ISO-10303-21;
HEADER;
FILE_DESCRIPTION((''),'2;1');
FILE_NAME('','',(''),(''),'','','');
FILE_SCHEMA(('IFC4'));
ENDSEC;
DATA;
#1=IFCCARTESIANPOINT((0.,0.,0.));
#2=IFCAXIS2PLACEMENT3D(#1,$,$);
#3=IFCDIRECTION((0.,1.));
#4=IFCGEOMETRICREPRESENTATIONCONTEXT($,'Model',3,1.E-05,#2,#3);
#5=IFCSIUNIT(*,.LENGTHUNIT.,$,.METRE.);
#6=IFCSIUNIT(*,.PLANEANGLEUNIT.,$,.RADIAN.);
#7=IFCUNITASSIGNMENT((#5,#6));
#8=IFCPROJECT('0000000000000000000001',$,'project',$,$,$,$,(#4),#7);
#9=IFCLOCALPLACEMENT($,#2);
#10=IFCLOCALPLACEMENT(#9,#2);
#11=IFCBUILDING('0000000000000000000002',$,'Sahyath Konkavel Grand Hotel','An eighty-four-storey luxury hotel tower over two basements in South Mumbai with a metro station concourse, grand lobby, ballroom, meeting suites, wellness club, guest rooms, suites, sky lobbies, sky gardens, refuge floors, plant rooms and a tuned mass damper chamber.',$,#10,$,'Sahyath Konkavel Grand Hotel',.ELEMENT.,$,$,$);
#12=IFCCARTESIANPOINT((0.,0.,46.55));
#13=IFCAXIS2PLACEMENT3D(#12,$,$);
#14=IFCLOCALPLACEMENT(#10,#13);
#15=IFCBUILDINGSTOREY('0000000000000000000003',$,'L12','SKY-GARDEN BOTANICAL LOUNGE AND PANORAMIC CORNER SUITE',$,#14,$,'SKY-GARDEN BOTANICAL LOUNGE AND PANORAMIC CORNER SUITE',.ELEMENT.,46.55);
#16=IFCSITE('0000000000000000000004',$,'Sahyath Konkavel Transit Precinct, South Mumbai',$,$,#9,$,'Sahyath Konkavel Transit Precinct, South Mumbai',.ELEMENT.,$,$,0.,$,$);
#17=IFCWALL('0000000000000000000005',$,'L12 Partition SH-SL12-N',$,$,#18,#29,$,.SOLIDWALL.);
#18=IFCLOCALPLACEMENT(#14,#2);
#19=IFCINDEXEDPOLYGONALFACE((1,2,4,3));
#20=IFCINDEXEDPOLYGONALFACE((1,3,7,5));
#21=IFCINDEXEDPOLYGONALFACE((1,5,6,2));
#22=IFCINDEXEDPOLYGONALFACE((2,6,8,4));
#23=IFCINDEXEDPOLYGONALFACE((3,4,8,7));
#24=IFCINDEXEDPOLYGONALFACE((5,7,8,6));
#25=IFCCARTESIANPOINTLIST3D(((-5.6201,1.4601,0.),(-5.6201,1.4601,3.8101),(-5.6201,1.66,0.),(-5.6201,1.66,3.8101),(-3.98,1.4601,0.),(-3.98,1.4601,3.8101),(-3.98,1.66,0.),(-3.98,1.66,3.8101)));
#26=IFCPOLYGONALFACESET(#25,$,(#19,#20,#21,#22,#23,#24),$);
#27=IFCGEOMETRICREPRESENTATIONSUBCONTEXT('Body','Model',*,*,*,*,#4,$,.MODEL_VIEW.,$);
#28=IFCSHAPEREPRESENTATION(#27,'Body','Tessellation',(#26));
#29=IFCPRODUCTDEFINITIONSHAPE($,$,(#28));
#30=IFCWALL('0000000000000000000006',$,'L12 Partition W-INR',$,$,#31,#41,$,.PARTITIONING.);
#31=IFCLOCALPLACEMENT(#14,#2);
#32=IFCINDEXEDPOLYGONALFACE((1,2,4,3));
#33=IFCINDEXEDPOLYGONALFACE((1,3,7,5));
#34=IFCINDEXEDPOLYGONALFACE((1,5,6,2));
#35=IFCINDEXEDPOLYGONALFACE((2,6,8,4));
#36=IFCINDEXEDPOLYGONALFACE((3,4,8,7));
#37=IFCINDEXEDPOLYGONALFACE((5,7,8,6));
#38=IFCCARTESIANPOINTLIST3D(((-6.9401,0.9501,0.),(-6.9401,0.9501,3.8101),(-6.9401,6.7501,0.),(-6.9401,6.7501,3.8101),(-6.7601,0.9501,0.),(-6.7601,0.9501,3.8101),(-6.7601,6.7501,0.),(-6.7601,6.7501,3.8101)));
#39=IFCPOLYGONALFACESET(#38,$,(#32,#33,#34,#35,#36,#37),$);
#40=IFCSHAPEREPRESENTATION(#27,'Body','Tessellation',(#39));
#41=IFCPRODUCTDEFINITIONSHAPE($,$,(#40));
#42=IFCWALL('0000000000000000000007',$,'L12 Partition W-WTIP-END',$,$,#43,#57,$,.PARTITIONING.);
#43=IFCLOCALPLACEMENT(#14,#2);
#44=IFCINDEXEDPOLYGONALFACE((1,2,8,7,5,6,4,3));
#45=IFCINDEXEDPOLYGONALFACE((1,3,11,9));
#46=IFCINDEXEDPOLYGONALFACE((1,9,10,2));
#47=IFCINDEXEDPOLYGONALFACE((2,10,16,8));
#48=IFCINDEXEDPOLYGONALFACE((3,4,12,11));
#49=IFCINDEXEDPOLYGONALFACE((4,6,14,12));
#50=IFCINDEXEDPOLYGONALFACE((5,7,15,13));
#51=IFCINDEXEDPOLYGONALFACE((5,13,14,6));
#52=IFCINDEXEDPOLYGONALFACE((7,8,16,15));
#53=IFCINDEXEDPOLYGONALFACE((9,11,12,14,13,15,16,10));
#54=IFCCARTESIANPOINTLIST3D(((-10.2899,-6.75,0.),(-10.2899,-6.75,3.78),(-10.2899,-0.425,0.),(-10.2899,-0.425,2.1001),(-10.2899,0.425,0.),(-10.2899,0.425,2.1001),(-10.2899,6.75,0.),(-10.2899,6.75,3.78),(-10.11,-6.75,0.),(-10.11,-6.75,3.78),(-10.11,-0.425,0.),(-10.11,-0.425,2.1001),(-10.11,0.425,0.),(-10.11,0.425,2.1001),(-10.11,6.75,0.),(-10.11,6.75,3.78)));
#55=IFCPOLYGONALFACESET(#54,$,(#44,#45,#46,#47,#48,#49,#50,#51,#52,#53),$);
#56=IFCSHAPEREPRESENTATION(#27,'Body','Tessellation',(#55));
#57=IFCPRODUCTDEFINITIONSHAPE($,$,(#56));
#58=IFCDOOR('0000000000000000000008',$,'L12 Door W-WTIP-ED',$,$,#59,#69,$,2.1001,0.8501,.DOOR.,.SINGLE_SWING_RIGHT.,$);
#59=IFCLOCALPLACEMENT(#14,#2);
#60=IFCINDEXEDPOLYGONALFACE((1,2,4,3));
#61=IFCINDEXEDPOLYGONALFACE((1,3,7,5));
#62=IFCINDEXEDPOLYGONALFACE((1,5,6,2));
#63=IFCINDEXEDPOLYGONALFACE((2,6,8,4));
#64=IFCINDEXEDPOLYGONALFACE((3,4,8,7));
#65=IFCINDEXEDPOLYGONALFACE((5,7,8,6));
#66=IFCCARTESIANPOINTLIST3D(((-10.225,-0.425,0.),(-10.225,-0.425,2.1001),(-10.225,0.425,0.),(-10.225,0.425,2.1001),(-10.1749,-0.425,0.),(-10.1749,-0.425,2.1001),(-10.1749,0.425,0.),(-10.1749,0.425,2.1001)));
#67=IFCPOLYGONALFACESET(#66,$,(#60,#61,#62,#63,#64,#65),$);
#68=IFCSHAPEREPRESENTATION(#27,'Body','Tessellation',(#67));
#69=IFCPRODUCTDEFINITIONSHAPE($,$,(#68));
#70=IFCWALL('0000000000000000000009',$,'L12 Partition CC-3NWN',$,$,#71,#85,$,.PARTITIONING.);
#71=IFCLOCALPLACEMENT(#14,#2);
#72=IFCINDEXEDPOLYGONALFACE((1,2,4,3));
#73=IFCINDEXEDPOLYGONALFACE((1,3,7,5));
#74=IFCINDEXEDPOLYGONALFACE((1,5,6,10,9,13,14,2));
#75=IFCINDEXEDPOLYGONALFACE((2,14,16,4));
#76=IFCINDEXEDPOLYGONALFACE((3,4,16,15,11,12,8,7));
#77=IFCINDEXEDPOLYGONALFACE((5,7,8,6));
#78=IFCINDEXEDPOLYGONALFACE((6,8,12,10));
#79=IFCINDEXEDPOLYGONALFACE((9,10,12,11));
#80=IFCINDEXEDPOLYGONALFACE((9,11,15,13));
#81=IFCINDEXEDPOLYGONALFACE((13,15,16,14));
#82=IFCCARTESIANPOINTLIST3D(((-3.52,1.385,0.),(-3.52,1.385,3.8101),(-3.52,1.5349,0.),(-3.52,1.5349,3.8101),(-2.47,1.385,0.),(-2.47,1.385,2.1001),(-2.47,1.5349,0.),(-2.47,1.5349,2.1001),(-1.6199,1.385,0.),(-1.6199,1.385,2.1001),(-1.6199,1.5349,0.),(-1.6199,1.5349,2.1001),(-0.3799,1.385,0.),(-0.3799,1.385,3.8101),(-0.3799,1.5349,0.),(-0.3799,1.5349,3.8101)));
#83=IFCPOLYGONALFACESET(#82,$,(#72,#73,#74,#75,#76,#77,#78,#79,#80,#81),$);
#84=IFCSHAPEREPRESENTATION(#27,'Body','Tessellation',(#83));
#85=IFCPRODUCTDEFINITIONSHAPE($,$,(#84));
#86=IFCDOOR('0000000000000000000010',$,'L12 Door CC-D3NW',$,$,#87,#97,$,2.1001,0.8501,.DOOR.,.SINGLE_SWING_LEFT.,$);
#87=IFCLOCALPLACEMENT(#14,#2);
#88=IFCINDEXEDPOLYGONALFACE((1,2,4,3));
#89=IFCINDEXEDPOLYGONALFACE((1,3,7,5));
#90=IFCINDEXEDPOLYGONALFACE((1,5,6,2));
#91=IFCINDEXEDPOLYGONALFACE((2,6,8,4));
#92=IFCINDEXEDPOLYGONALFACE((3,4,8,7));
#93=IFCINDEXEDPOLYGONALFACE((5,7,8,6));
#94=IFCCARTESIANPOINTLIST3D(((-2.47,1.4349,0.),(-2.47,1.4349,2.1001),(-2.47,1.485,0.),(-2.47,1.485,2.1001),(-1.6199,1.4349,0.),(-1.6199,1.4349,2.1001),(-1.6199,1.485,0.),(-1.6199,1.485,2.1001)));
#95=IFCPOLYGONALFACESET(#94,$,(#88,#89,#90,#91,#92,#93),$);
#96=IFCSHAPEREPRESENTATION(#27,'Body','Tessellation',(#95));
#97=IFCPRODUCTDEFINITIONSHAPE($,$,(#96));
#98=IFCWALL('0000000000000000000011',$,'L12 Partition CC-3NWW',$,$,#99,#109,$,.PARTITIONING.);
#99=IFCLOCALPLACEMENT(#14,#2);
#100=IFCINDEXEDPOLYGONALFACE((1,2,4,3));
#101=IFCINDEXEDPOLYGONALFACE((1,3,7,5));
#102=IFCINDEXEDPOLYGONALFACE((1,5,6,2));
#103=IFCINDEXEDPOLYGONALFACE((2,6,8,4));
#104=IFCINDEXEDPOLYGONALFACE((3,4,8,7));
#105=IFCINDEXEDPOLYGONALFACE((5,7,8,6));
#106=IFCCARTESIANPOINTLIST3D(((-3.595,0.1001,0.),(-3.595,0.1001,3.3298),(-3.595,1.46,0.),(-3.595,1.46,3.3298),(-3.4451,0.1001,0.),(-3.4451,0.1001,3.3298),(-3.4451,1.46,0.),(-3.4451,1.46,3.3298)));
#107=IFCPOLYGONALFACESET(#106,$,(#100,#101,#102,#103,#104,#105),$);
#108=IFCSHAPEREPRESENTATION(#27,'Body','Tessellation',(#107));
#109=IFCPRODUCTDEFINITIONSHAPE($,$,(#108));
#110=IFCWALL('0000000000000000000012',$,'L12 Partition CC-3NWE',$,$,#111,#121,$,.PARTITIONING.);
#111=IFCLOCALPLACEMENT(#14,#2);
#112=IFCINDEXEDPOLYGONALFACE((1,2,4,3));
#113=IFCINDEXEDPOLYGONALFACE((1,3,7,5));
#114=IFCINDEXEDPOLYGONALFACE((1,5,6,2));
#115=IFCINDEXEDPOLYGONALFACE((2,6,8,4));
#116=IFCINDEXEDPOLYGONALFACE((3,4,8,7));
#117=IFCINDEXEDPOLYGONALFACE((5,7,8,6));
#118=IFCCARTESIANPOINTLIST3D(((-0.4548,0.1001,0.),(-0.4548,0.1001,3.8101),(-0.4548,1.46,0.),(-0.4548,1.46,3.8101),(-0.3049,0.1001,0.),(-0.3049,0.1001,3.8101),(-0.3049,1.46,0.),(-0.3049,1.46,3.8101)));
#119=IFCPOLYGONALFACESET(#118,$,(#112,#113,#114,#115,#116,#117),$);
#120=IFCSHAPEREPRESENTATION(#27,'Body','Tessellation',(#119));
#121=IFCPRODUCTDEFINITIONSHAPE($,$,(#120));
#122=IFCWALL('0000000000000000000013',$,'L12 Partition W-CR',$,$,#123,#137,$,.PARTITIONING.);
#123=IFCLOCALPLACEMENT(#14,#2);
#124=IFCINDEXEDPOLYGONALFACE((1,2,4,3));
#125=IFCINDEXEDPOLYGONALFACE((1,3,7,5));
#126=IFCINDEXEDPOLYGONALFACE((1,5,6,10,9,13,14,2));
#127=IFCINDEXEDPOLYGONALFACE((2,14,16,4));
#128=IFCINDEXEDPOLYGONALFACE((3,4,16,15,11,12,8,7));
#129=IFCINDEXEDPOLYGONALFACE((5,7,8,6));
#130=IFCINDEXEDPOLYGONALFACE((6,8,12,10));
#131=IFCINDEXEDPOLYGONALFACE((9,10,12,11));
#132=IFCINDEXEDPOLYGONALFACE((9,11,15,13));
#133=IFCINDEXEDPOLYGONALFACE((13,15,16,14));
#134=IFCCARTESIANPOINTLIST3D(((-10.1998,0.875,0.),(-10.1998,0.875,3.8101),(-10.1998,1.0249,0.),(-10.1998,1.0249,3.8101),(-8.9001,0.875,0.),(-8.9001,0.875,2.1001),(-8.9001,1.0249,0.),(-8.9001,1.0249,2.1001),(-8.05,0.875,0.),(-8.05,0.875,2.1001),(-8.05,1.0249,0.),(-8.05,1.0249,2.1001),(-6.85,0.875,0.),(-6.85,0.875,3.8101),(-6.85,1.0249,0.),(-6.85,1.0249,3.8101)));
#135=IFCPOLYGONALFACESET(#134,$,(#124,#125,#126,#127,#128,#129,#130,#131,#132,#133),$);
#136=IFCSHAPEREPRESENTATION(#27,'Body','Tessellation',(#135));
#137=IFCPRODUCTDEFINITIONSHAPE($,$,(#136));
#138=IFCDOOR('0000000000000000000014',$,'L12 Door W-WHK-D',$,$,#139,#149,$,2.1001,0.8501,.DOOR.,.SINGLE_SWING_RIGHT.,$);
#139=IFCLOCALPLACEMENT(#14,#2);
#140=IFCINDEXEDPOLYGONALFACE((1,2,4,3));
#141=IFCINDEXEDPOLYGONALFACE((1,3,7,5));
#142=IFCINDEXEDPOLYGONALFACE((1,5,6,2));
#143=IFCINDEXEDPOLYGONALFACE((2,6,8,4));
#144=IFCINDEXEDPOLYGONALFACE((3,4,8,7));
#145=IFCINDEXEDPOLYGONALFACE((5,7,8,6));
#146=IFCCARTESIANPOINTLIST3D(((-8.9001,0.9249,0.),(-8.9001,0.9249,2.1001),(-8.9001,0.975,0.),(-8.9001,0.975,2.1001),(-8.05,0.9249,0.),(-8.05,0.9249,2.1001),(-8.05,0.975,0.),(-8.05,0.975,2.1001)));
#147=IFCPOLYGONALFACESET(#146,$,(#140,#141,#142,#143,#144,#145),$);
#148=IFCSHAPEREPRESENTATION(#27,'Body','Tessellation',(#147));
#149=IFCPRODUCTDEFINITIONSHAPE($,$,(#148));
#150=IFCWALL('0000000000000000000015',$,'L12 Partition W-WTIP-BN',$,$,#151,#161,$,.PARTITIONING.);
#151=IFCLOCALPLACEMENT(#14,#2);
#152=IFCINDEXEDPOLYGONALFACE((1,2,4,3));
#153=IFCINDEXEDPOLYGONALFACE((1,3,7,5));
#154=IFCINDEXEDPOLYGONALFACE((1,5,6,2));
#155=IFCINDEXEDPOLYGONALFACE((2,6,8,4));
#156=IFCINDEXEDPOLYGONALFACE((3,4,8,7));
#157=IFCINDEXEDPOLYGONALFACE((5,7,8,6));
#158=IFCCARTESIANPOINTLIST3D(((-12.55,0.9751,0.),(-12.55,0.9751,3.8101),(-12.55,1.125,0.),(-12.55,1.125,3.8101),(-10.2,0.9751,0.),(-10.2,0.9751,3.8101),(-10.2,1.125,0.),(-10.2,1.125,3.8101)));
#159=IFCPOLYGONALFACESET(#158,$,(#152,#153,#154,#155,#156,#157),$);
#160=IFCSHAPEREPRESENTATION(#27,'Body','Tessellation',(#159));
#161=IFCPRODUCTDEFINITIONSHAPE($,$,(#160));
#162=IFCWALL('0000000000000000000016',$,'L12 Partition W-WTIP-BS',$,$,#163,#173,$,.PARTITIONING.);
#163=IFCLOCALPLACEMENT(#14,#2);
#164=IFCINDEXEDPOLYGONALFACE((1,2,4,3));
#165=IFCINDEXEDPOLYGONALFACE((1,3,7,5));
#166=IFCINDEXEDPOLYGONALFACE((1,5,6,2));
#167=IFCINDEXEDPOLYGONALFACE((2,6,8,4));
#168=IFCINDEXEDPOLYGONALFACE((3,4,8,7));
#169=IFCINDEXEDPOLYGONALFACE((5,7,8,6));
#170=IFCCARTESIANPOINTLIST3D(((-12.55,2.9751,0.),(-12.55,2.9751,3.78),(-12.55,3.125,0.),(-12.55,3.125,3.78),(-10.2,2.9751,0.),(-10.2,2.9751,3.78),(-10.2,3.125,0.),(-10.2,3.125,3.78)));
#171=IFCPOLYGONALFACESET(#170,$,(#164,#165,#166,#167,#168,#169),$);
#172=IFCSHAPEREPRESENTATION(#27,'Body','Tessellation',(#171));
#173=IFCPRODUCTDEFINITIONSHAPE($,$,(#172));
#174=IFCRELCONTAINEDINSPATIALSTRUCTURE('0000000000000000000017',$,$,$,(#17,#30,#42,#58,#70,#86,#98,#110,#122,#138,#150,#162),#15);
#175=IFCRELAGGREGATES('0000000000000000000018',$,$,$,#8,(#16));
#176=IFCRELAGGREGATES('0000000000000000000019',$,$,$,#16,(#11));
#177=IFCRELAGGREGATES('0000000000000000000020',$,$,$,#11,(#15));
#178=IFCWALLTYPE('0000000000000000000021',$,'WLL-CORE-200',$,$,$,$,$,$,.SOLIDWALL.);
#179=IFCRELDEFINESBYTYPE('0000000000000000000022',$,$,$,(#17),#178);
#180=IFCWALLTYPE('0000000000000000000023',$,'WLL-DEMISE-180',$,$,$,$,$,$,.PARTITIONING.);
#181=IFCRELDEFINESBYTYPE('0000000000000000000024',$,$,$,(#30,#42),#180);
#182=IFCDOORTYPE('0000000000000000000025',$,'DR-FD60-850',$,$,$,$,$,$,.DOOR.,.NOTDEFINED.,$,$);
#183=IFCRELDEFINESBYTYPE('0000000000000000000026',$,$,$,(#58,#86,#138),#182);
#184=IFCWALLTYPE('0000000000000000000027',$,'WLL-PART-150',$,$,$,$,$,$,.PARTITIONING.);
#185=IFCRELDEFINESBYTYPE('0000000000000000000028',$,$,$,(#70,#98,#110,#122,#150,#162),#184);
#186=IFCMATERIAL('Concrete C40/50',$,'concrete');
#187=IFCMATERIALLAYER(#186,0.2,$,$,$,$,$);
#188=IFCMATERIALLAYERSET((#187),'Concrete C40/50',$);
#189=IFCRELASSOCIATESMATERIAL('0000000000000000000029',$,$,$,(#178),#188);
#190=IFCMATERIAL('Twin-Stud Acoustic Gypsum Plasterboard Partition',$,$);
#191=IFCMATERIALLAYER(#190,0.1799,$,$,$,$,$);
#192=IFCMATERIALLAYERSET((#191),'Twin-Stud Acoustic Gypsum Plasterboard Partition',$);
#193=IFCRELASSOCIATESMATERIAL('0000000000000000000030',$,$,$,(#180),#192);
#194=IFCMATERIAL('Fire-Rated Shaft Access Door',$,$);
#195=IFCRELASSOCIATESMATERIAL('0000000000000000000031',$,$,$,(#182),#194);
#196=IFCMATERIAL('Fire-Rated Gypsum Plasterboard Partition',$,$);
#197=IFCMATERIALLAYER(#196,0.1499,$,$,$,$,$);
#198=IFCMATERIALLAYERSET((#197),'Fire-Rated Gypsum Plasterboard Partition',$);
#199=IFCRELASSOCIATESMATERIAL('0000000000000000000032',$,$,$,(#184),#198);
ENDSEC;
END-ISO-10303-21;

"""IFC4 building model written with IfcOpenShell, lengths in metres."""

from ifc_helpers import new_model, si_unit, direction, frame, frame_2d, origin, origin_2d, place, context, subcontext, project, spatial, rectangle, extrude, source, transform, mapped, material, layer, layer_set, type_object, element, fill, save


model = new_model("IFC4")

# Units and contexts
model_context = context("Model", 3, precision=1e-05, world=origin(), true_north=direction((0.0, 1.0)))
body_context = subcontext(model_context, "Body", "Model", "MODEL_VIEW")
ifc_project = project(units=[si_unit("LENGTHUNIT", "METRE"), si_unit("PLANEANGLEUNIT", "RADIAN")], contexts=[model_context])

# Site, building, storey
site_placement = place(None, origin())
site = spatial("IfcSite", under=ifc_project, at=site_placement, Name="Sahyath Konkavel Transit Precinct, South Mumbai", LongName="Sahyath Konkavel Transit Precinct, South Mumbai", CompositionType="ELEMENT", RefElevation=0.0)
building_placement = place(site_placement, origin())
building = spatial("IfcBuilding", under=site, at=building_placement, Name="Sahyath Konkavel Grand Hotel", Description="An eighty-four-storey luxury hotel tower over two basements in South Mumbai with a metro station concourse, grand lobby, ballroom, meeting suites, wellness club, guest rooms, suites, sky lobbies, sky gardens, refuge floors, plant rooms and a tuned mass damper chamber.", LongName="Sahyath Konkavel Grand Hotel", CompositionType="ELEMENT")
storey_placement = place(building_placement, frame((0.0, 0.0, 46.55)))
storey = spatial("IfcBuildingStorey", under=building, at=storey_placement, Name="L12", Description="SKY-GARDEN BOTANICAL LOUNGE AND PANORAMIC CORNER SUITE", LongName="SKY-GARDEN BOTANICAL LOUNGE AND PANORAMIC CORNER SUITE", CompositionType="ELEMENT", Elevation=46.55)

# Walls
ifc_material_1 = material(Name="Concrete C40/50", Category="concrete")
ifc_layer_1 = layer(ifc_material_1, 0.2)
ifc_layer_set_1 = layer_set([ifc_layer_1], Name="Concrete C40/50")
wall_type_1 = type_object("IfcWallType", Name="WLL-CORE-200", PredefinedType="SOLIDWALL", material=ifc_layer_set_1)
wall_1_placement = place(storey_placement, frame((-5.6201, 1.5601, 0.0), z_axis=(0.0, 0.0, 1.0), x_axis=(1.0, 0.0, 0.0)))
element("IfcWall", 1, at=wall_1_placement, inside=storey, type_object=wall_type_1, Name="L12 Partition SH-SL12-N", PredefinedType="SOLIDWALL", context=body_context, shape_type="SweptSolid", body=[
    extrude(rectangle(XDim=1.6401, YDim=0.2, at=frame_2d((0.8201, 0.0))), origin(), (0.0, 0.0, 1.0), 3.8101),
])
ifc_material_2 = material(Name="Twin-Stud Acoustic Gypsum Plasterboard Partition")
ifc_layer_2 = layer(ifc_material_2, 0.1799)
ifc_layer_set_2 = layer_set([ifc_layer_2], Name="Twin-Stud Acoustic Gypsum Plasterboard Partition")
wall_type_2 = type_object("IfcWallType", Name="WLL-DEMISE-180", PredefinedType="PARTITIONING", material=ifc_layer_set_2)
wall_2_placement = place(storey_placement, frame((-6.8501, 6.75, 0.0), z_axis=(0.0, 0.0, 1.0), x_axis=(0.0, -1.0, 0.0)))
element("IfcWall", 2, at=wall_2_placement, inside=storey, type_object=wall_type_2, Name="L12 Partition W-INR", PredefinedType="PARTITIONING", context=body_context, shape_type="SweptSolid", body=[
    extrude(rectangle(XDim=5.8, YDim=0.1799, at=frame_2d((2.8999, 0.0))), origin(), (0.0, 0.0, 1.0), 3.8101),
])

# Walls, openings, doors
wall_3_placement = place(storey_placement, frame((-10.2, 6.75, 0.0), z_axis=(0.0, 0.0, 1.0), x_axis=(0.0, -1.0, 0.0)))
wall_3 = element("IfcWall", 3, at=wall_3_placement, inside=storey, type_object=wall_type_2, Name="L12 Partition W-WTIP-END", PredefinedType="PARTITIONING", context=body_context, shape_type="SweptSolid", body=[
    extrude(rectangle(XDim=13.5, YDim=0.1799, at=frame_2d((6.75, 0.0))), origin(), (0.0, 0.0, 1.0), 3.78),
])
opening_1_placement = place(wall_3_placement, frame((6.325, 0.0, 0.0)))
opening_1 = element("IfcOpeningElement", 4, at=opening_1_placement, cuts=wall_3, PredefinedType="OPENING", context=body_context, shape_type="SweptSolid", body=[
    extrude(rectangle(XDim=0.8501, YDim=2.1001, at=frame_2d((0.425, 1.05))), frame((0.0, 0.1001, 0.0), z_axis=(0.0, -1.0, 0.0), x_axis=(1.0, 0.0, 0.0)), (0.0, 0.0, 1.0), 0.2),
])
ifc_material_3 = material(Name="Fire-Rated Shaft Access Door")
door_type_1 = type_object("IfcDoorType", Name="DR-FD60-850", OperationType="NOTDEFINED", PredefinedType="DOOR", material=ifc_material_3)
shared_shape_1 = source(origin(), body_context, "Body", "SweptSolid", [
    extrude(rectangle(XDim=0.8501, YDim=0.05, at=origin_2d()), origin(), (0.0, 0.0, 1.0), 2.1001),
])
door_1_placement = place(opening_1_placement, frame((0.425, 0.0, 0.0)))
door_1 = element("IfcDoor", 5, at=door_1_placement, inside=storey, type_object=door_type_1, Name="L12 Door W-WTIP-ED", OperationType="SINGLE_SWING_RIGHT", OverallHeight=2.1001, OverallWidth=0.8501, PredefinedType="DOOR", context=body_context, shape_type="MappedRepresentation", body=[
    mapped(shared_shape_1, transform((0.0, 0.0, 0.0), scale=1.0)),
])
fill(opening_1, door_1)
ifc_material_4 = material(Name="Fire-Rated Gypsum Plasterboard Partition")
ifc_layer_3 = layer(ifc_material_4, 0.1499)
ifc_layer_set_3 = layer_set([ifc_layer_3], Name="Fire-Rated Gypsum Plasterboard Partition")
wall_type_3 = type_object("IfcWallType", Name="WLL-PART-150", PredefinedType="PARTITIONING", material=ifc_layer_set_3)
wall_4_placement = place(storey_placement, frame((-3.52, 1.46, 0.0), z_axis=(0.0, 0.0, 1.0), x_axis=(1.0, 0.0, 0.0)))
wall_4 = element("IfcWall", 6, at=wall_4_placement, inside=storey, type_object=wall_type_3, Name="L12 Partition CC-3NWN", PredefinedType="PARTITIONING", context=body_context, shape_type="SweptSolid", body=[
    extrude(rectangle(XDim=3.1401, YDim=0.1499, at=frame_2d((1.5701, 0.0))), origin(), (0.0, 0.0, 1.0), 3.8101),
])
opening_2_placement = place(wall_4_placement, frame((1.05, 0.0, 0.0)))
opening_2 = element("IfcOpeningElement", 7, at=opening_2_placement, cuts=wall_4, PredefinedType="OPENING", context=body_context, shape_type="SweptSolid", body=[
    extrude(rectangle(XDim=0.8501, YDim=2.1001, at=frame_2d((0.425, 1.05))), frame((0.0, 0.085, 0.0), z_axis=(0.0, -1.0, 0.0), x_axis=(1.0, 0.0, 0.0)), (0.0, 0.0, 1.0), 0.1699),
])
door_2_placement = place(opening_2_placement, frame((0.425, 0.0, 0.0)))
door_2 = element("IfcDoor", 8, at=door_2_placement, inside=storey, type_object=door_type_1, Name="L12 Door CC-D3NW", OperationType="SINGLE_SWING_LEFT", OverallHeight=2.1001, OverallWidth=0.8501, PredefinedType="DOOR", context=body_context, shape_type="MappedRepresentation", body=[
    mapped(shared_shape_1, transform((0.0, 0.0, 0.0), scale=1.0)),
])
fill(opening_2, door_2)

# Walls
wall_5_placement = place(storey_placement, frame((-3.52, 0.1001, 0.0), z_axis=(0.0, 0.0, 1.0), x_axis=(0.0, 1.0, 0.0)))
element("IfcWall", 9, at=wall_5_placement, inside=storey, type_object=wall_type_3, Name="L12 Partition CC-3NWW", PredefinedType="PARTITIONING", context=body_context, shape_type="SweptSolid", body=[
    extrude(rectangle(XDim=1.3599, YDim=0.1499, at=frame_2d((0.6799, 0.0))), origin(), (0.0, 0.0, 1.0), 3.3298),
])
wall_6_placement = place(storey_placement, frame((-0.3799, 0.1001, 0.0), z_axis=(0.0, 0.0, 1.0), x_axis=(0.0, 1.0, 0.0)))
element("IfcWall", 10, at=wall_6_placement, inside=storey, type_object=wall_type_3, Name="L12 Partition CC-3NWE", PredefinedType="PARTITIONING", context=body_context, shape_type="SweptSolid", body=[
    extrude(rectangle(XDim=1.3599, YDim=0.1499, at=frame_2d((0.6799, 0.0))), origin(), (0.0, 0.0, 1.0), 3.8101),
])

# Wall, opening, door
wall_7_placement = place(storey_placement, frame((-6.8501, 0.95, 0.0), z_axis=(0.0, 0.0, 1.0), x_axis=(-1.0, 0.0, 0.0)))
wall_7 = element("IfcWall", 11, at=wall_7_placement, inside=storey, type_object=wall_type_3, Name="L12 Partition W-CR", PredefinedType="PARTITIONING", context=body_context, shape_type="SweptSolid", body=[
    extrude(rectangle(XDim=3.3499, YDim=0.1499, at=frame_2d((1.6748, 0.0))), origin(), (0.0, 0.0, 1.0), 3.8101),
])
opening_3_placement = place(wall_7_placement, frame((1.2, 0.0, 0.0)))
opening_3 = element("IfcOpeningElement", 12, at=opening_3_placement, cuts=wall_7, PredefinedType="OPENING", context=body_context, shape_type="SweptSolid", body=[
    extrude(rectangle(XDim=0.8501, YDim=2.1001, at=frame_2d((0.425, 1.05))), frame((0.0, 0.085, 0.0), z_axis=(0.0, -1.0, 0.0), x_axis=(1.0, 0.0, 0.0)), (0.0, 0.0, 1.0), 0.1699),
])
door_3_placement = place(opening_3_placement, frame((0.425, 0.0, 0.0)))
door_3 = element("IfcDoor", 13, at=door_3_placement, inside=storey, type_object=door_type_1, Name="L12 Door W-WHK-D", OperationType="SINGLE_SWING_RIGHT", OverallHeight=2.1001, OverallWidth=0.8501, PredefinedType="DOOR", context=body_context, shape_type="MappedRepresentation", body=[
    mapped(shared_shape_1, transform((0.0, 0.0, 0.0), scale=1.0)),
])
fill(opening_3, door_3)

# Walls
wall_8_placement = place(storey_placement, frame((-10.2, 1.05, 0.0), z_axis=(0.0, 0.0, 1.0), x_axis=(-1.0, 0.0, 0.0)))
element("IfcWall", 14, at=wall_8_placement, inside=storey, type_object=wall_type_3, Name="L12 Partition W-WTIP-BN", PredefinedType="PARTITIONING", context=body_context, shape_type="SweptSolid", body=[
    extrude(rectangle(XDim=2.3501, YDim=0.1499, at=frame_2d((1.175, 0.0))), origin(), (0.0, 0.0, 1.0), 3.8101),
])
wall_9_placement = place(storey_placement, frame((-10.2, 3.05, 0.0), z_axis=(0.0, 0.0, 1.0), x_axis=(-1.0, 0.0, 0.0)))
element("IfcWall", 15, at=wall_9_placement, inside=storey, type_object=wall_type_3, Name="L12 Partition W-WTIP-BS", PredefinedType="PARTITIONING", context=body_context, shape_type="SweptSolid", body=[
    extrude(rectangle(XDim=2.3501, YDim=0.1499, at=frame_2d((1.175, 0.0))), origin(), (0.0, 0.0, 1.0), 3.78),
])

save(model, "model.ifc")
